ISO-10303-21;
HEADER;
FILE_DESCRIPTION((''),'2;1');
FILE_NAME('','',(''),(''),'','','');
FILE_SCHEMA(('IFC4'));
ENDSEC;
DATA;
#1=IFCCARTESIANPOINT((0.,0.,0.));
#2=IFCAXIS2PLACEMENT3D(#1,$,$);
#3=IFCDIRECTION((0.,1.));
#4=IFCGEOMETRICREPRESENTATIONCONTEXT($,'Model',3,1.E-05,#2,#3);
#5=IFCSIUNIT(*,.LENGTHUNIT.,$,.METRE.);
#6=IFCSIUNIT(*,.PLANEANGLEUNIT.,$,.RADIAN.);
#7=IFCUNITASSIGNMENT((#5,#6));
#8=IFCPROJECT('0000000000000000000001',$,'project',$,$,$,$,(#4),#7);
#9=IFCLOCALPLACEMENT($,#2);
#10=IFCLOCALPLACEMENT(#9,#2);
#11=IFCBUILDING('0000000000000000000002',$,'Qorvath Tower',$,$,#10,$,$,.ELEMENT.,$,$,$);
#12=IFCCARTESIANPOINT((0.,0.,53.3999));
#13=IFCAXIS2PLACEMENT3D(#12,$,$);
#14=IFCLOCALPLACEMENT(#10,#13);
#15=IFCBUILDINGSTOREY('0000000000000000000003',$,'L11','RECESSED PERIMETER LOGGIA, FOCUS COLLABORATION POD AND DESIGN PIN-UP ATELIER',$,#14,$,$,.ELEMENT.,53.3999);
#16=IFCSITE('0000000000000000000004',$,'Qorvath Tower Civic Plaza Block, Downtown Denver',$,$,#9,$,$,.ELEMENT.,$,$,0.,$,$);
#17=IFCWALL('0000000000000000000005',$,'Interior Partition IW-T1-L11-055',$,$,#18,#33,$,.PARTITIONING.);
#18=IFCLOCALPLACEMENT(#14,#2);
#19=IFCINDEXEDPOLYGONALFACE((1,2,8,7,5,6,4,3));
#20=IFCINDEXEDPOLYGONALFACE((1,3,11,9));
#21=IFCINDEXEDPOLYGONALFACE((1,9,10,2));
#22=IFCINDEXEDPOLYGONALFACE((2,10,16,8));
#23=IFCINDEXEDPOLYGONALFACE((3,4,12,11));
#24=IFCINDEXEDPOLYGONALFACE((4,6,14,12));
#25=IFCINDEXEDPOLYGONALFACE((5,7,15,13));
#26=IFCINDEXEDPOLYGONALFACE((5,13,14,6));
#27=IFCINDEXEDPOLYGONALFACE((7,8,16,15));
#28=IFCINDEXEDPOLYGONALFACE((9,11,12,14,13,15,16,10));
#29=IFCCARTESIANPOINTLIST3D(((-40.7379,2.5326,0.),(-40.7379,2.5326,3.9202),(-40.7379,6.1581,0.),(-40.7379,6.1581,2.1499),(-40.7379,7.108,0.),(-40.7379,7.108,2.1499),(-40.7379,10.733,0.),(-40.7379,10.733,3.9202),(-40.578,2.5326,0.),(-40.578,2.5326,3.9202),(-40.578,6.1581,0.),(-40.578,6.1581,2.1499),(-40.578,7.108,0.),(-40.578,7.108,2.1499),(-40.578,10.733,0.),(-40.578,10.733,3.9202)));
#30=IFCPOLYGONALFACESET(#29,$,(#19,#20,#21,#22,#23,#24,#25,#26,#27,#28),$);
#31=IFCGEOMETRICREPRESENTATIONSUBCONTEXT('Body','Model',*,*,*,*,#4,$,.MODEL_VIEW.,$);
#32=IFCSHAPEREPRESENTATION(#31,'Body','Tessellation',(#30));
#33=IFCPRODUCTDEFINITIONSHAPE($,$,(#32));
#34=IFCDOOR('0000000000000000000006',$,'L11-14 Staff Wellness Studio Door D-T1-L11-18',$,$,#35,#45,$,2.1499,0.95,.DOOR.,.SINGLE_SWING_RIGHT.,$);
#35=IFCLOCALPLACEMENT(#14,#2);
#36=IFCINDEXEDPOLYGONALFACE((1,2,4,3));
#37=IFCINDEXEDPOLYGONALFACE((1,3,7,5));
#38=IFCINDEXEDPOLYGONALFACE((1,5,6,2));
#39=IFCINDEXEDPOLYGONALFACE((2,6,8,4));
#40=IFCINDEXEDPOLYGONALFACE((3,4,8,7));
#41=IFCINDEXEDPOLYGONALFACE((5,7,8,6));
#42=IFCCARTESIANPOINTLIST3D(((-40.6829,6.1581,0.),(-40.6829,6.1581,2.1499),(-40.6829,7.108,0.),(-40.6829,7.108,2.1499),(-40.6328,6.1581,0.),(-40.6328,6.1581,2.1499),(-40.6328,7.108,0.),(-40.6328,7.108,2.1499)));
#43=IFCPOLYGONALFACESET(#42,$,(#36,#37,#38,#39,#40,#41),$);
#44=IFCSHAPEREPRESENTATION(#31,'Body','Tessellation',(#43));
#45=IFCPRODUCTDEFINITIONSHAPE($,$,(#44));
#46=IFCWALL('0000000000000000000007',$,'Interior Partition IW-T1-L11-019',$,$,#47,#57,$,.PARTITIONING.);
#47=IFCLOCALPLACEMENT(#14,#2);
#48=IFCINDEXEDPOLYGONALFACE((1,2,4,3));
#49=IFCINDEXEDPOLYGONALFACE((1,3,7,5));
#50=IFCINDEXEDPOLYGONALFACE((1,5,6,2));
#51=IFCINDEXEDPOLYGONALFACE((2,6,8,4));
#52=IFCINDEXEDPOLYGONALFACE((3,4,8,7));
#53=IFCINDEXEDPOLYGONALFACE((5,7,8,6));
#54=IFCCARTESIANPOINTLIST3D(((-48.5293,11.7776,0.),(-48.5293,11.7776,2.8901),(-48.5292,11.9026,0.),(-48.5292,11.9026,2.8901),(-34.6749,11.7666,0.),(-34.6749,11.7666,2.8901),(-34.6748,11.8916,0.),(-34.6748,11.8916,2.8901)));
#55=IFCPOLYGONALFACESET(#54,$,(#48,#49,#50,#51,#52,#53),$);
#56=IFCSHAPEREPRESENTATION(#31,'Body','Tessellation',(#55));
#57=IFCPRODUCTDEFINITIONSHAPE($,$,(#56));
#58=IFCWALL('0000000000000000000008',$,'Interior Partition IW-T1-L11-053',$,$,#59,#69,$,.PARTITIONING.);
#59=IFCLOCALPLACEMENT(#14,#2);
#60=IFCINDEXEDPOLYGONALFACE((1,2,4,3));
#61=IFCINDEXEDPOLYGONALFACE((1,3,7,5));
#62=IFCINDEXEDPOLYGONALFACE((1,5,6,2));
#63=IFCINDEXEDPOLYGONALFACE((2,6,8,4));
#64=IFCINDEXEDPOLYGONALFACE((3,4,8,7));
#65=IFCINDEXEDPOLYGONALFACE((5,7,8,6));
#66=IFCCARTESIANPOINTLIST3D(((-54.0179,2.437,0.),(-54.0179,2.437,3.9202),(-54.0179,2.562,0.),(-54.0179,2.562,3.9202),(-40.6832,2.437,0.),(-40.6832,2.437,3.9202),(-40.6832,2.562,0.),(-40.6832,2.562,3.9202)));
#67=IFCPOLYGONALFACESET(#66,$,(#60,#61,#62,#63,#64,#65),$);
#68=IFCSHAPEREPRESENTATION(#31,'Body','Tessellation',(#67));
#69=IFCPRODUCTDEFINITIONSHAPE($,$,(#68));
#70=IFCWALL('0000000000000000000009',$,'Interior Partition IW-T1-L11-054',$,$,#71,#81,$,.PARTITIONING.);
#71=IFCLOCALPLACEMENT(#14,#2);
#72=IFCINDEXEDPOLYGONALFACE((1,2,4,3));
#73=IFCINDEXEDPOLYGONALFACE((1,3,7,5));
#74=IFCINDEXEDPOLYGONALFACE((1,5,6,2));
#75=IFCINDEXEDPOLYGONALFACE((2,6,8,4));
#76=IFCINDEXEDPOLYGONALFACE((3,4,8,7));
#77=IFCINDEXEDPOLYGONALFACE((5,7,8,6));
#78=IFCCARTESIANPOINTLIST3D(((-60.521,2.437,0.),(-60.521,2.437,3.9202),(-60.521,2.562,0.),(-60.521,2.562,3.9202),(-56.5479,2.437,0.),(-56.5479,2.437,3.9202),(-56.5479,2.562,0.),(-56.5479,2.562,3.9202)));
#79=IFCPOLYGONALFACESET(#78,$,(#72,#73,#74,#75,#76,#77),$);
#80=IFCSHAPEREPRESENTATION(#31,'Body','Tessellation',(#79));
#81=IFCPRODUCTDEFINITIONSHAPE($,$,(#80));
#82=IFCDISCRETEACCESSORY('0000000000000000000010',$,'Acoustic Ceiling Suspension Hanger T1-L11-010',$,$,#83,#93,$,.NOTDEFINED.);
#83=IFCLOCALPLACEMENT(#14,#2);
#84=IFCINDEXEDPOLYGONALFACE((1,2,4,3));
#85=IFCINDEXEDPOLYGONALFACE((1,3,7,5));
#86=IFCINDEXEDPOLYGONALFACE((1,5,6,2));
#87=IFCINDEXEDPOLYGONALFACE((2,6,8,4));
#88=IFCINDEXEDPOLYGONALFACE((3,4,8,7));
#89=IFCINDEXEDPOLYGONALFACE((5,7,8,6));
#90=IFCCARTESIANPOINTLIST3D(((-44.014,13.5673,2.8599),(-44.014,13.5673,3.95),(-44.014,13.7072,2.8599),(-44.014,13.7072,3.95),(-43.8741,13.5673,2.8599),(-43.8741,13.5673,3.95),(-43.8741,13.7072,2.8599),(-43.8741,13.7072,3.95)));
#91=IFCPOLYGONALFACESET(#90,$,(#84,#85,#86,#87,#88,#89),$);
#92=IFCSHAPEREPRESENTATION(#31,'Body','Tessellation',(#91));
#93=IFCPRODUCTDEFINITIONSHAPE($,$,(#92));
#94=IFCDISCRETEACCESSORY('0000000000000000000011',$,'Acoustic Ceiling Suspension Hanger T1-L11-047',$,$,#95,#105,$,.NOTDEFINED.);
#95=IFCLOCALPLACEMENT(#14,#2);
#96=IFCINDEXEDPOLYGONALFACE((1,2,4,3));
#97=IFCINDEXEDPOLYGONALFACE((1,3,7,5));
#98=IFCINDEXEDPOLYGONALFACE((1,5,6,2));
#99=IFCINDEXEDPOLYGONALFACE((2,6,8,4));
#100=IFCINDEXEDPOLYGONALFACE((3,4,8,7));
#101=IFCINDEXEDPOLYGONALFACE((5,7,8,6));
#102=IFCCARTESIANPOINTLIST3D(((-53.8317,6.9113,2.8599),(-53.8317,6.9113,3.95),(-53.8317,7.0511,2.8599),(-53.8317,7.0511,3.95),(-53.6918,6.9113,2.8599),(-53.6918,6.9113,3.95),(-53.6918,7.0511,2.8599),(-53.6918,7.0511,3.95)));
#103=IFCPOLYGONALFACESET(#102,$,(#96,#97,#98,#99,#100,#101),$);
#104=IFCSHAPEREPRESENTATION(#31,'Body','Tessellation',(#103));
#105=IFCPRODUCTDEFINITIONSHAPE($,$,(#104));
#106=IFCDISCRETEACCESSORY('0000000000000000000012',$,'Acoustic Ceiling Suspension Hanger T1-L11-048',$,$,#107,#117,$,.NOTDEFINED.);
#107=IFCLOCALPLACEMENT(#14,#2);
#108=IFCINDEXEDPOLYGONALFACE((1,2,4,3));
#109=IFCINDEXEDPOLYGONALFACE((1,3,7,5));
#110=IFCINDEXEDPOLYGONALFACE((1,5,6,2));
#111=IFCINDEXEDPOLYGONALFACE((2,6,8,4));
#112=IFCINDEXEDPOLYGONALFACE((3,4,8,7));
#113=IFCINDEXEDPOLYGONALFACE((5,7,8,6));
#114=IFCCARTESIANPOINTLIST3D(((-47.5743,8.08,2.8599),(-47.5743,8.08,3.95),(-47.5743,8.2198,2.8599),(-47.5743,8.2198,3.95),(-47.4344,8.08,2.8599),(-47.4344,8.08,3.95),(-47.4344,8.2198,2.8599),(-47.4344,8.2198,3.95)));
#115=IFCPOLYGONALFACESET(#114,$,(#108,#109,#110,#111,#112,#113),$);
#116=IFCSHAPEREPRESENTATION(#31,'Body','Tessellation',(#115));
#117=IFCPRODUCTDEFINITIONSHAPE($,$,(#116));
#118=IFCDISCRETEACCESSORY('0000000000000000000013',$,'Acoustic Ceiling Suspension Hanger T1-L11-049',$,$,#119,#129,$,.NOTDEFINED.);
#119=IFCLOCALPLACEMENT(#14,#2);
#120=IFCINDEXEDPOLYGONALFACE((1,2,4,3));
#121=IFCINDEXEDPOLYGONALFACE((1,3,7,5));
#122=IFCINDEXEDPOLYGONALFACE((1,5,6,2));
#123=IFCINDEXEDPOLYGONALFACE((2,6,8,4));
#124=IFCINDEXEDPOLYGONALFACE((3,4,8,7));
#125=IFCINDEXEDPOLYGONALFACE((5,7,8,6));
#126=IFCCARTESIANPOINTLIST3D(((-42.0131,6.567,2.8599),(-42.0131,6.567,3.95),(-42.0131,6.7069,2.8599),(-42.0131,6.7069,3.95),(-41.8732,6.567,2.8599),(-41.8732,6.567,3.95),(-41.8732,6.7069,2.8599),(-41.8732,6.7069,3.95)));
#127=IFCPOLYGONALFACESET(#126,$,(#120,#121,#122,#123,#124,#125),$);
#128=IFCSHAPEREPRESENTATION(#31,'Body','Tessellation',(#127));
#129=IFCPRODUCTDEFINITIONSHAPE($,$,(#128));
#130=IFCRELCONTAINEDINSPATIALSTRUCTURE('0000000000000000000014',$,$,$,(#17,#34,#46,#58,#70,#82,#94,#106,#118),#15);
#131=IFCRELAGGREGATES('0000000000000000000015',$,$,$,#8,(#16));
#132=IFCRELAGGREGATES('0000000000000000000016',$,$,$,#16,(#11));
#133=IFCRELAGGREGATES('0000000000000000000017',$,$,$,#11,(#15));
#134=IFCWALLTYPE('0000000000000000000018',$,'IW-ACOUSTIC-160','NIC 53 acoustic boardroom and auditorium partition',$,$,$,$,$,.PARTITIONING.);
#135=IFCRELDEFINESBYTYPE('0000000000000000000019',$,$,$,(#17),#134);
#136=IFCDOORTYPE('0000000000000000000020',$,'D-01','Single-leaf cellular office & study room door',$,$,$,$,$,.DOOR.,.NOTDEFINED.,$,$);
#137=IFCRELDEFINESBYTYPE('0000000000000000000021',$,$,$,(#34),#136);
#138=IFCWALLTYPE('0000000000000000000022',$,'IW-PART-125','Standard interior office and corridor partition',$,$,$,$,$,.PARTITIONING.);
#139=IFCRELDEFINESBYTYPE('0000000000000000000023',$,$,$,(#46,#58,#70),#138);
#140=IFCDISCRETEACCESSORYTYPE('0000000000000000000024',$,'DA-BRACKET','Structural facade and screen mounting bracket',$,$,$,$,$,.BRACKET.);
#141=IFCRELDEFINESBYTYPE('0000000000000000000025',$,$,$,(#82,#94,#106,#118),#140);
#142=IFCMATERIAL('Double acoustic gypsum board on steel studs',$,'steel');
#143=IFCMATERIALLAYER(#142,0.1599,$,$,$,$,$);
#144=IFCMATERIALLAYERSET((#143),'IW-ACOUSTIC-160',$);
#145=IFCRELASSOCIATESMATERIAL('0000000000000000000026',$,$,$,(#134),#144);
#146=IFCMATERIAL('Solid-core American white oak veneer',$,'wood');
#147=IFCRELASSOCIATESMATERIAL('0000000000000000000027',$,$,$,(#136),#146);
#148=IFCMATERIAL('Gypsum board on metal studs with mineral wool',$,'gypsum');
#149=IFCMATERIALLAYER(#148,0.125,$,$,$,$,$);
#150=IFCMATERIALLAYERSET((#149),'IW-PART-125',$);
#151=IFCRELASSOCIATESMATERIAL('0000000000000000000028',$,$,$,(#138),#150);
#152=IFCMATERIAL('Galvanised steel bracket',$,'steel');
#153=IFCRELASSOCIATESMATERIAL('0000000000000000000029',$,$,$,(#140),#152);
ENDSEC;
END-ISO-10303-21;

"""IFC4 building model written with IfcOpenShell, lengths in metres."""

from ifc_helpers import new_model, si_unit, direction, frame, frame_2d, origin, origin_2d, place, context, subcontext, project, spatial, rectangle, extrude, material, layer, layer_set, type_object, element, fill, save


model = new_model("IFC4")

# Units and contexts
model_context = context("Model", 3, precision=1e-05, world=origin(), true_north=direction((0.0, 1.0)))
body_context = subcontext(model_context, "Body", "Model", "MODEL_VIEW")
ifc_project = project(units=[si_unit("LENGTHUNIT", "METRE"), si_unit("PLANEANGLEUNIT", "RADIAN")], contexts=[model_context])

# Site, building, storey
site_placement = place(None, origin())
site = spatial("IfcSite", under=ifc_project, at=site_placement, Name="Qorvath Tower Civic Plaza Block, Downtown Denver", CompositionType="ELEMENT", RefElevation=0.0)
building_placement = place(site_placement, origin())
building = spatial("IfcBuilding", under=site, at=building_placement, Name="Qorvath Tower", CompositionType="ELEMENT")
storey_placement = place(building_placement, frame((0.0, 0.0, 53.3999)))
storey = spatial("IfcBuildingStorey", under=building, at=storey_placement, Name="L11", Description="RECESSED PERIMETER LOGGIA, FOCUS COLLABORATION POD AND DESIGN PIN-UP ATELIER", CompositionType="ELEMENT", Elevation=53.3999)

# Wall, opening, door
ifc_material_1 = material(Name="Double acoustic gypsum board on steel studs", Category="steel")
ifc_layer_1 = layer(ifc_material_1, 0.1599)
ifc_layer_set_1 = layer_set([ifc_layer_1], Name="IW-ACOUSTIC-160")
wall_type_1 = type_object("IfcWallType", Name="IW-ACOUSTIC-160", Description="NIC 53 acoustic boardroom and auditorium partition", PredefinedType="PARTITIONING", material=ifc_layer_set_1)
wall_1_placement = place(storey_placement, frame((-40.658, 2.5327, 0.0), z_axis=(0.0, 0.0, 1.0), x_axis=(0.0, 1.0, 0.0)))
wall_1 = element("IfcWall", 1, at=wall_1_placement, inside=storey, type_object=wall_type_1, Name="Interior Partition IW-T1-L11-055", PredefinedType="PARTITIONING", context=body_context, shape_type="SweptSolid", body=[
    extrude(rectangle(XDim=8.2004, YDim=0.1599, at=frame_2d((4.1001, 0.0))), origin(), (0.0, 0.0, 1.0), 3.9202),
])
opening_placement = place(wall_1_placement, frame((3.6252, 0.0, 0.0)))
opening = element("IfcOpeningElement", 2, at=opening_placement, cuts=wall_1, PredefinedType="OPENING", context=body_context, shape_type="SweptSolid", body=[
    extrude(rectangle(XDim=0.95, YDim=2.1499, at=frame_2d((0.4751, 1.075))), frame((0.0, 0.0898, 0.0), z_axis=(0.0, -1.0, 0.0), x_axis=(1.0, 0.0, 0.0)), (0.0, 0.0, 1.0), 0.1799),
])
ifc_material_2 = material(Name="Solid-core American white oak veneer", Category="wood")
door_type = type_object("IfcDoorType", Name="D-01", Description="Single-leaf cellular office & study room door", OperationType="NOTDEFINED", PredefinedType="DOOR", material=ifc_material_2)
door_placement = place(opening_placement, origin())
door = element("IfcDoor", 3, at=door_placement, inside=storey, type_object=door_type, Name="L11-14 Staff Wellness Studio Door D-T1-L11-18", OperationType="SINGLE_SWING_RIGHT", OverallHeight=2.1499, OverallWidth=0.95, PredefinedType="DOOR", context=body_context, shape_type="SweptSolid", body=[
    extrude(rectangle(XDim=0.95, YDim=2.1499, at=frame_2d((0.4751, 1.075))), frame((0.0, 0.0249, 0.0), z_axis=(0.0, -1.0, 0.0), x_axis=(1.0, 0.0, 0.0)), (0.0, 0.0, 1.0), 0.05),
])
fill(opening, door)

# Walls
ifc_material_3 = material(Name="Gypsum board on metal studs with mineral wool", Category="gypsum")
ifc_layer_2 = layer(ifc_material_3, 0.125)
ifc_layer_set_2 = layer_set([ifc_layer_2], Name="IW-PART-125")
wall_type_2 = type_object("IfcWallType", Name="IW-PART-125", Description="Standard interior office and corridor partition", PredefinedType="PARTITIONING", material=ifc_layer_set_2)
wall_2_placement = place(storey_placement, frame((-48.5293, 11.8401, 0.0), z_axis=(0.0, 0.0, 1.0), x_axis=(1.0, -0.000793, 0.0)))
element("IfcWall", 4, at=wall_2_placement, inside=storey, type_object=wall_type_2, Name="Interior Partition IW-T1-L11-019", PredefinedType="PARTITIONING", context=body_context, shape_type="SweptSolid", body=[
    extrude(rectangle(XDim=13.8545, YDim=0.125, at=frame_2d((6.9272, 0.0))), origin(), (0.0, 0.0, 1.0), 2.8901),
])
wall_3_placement = place(storey_placement, frame((-40.6831, 2.4995, 0.0), z_axis=(0.0, 0.0, 1.0), x_axis=(-1.0, 0.0, 0.0)))
element("IfcWall", 5, at=wall_3_placement, inside=storey, type_object=wall_type_2, Name="Interior Partition IW-T1-L11-053", PredefinedType="PARTITIONING", context=body_context, shape_type="SweptSolid", body=[
    extrude(rectangle(XDim=13.3347, YDim=0.125, at=frame_2d((6.6675, 0.0))), origin(), (0.0, 0.0, 1.0), 3.9202),
])
wall_4_placement = place(storey_placement, frame((-56.5479, 2.4995, 0.0), z_axis=(0.0, 0.0, 1.0), x_axis=(-1.0, 0.0, 0.0)))
element("IfcWall", 6, at=wall_4_placement, inside=storey, type_object=wall_type_2, Name="Interior Partition IW-T1-L11-054", PredefinedType="PARTITIONING", context=body_context, shape_type="SweptSolid", body=[
    extrude(rectangle(XDim=3.9731, YDim=0.125, at=frame_2d((1.9866, 0.0))), origin(), (0.0, 0.0, 1.0), 3.9202),
])

# Discrete accessories
ifc_material_4 = material(Name="Galvanised steel bracket", Category="steel")
discrete_accessory_type = type_object("IfcDiscreteAccessoryType", Name="DA-BRACKET", Description="Structural facade and screen mounting bracket", PredefinedType="BRACKET", material=ifc_material_4)
for number, where, z_axis, x_axis, name in (
    (7, (-43.9441, 13.6372, 2.8599), (0.0, 0.0, 1.0), (1.0, 0.0, 0.0), "Acoustic Ceiling Suspension Hanger T1-L11-010"),
    (8, (-53.7617, 6.9812, 2.8599), (0.0, 0.0, 1.0), (1.0, 0.0, 0.0), "Acoustic Ceiling Suspension Hanger T1-L11-047"),
    (9, (-47.5044, 8.1499, 2.8599), (0.0, 0.0, 1.0), (1.0, 0.0, 0.0), "Acoustic Ceiling Suspension Hanger T1-L11-048"),
    (10, (-41.9431, 6.637, 2.8599), (0.0, 0.0, 1.0), (1.0, 0.0, 0.0), "Acoustic Ceiling Suspension Hanger T1-L11-049"),
):
    element("IfcDiscreteAccessory", number, at=place(storey_placement, frame(where, z_axis=z_axis, x_axis=x_axis)), inside=storey, type_object=discrete_accessory_type, Name=name, PredefinedType="NOTDEFINED", context=body_context, shape_type="SweptSolid", body=[
        extrude(rectangle(XDim=0.1399, YDim=0.1399, at=origin_2d()), origin(), (0.0, 0.0, 1.0), 1.0901),
    ])

save(model, "model.ifc")
